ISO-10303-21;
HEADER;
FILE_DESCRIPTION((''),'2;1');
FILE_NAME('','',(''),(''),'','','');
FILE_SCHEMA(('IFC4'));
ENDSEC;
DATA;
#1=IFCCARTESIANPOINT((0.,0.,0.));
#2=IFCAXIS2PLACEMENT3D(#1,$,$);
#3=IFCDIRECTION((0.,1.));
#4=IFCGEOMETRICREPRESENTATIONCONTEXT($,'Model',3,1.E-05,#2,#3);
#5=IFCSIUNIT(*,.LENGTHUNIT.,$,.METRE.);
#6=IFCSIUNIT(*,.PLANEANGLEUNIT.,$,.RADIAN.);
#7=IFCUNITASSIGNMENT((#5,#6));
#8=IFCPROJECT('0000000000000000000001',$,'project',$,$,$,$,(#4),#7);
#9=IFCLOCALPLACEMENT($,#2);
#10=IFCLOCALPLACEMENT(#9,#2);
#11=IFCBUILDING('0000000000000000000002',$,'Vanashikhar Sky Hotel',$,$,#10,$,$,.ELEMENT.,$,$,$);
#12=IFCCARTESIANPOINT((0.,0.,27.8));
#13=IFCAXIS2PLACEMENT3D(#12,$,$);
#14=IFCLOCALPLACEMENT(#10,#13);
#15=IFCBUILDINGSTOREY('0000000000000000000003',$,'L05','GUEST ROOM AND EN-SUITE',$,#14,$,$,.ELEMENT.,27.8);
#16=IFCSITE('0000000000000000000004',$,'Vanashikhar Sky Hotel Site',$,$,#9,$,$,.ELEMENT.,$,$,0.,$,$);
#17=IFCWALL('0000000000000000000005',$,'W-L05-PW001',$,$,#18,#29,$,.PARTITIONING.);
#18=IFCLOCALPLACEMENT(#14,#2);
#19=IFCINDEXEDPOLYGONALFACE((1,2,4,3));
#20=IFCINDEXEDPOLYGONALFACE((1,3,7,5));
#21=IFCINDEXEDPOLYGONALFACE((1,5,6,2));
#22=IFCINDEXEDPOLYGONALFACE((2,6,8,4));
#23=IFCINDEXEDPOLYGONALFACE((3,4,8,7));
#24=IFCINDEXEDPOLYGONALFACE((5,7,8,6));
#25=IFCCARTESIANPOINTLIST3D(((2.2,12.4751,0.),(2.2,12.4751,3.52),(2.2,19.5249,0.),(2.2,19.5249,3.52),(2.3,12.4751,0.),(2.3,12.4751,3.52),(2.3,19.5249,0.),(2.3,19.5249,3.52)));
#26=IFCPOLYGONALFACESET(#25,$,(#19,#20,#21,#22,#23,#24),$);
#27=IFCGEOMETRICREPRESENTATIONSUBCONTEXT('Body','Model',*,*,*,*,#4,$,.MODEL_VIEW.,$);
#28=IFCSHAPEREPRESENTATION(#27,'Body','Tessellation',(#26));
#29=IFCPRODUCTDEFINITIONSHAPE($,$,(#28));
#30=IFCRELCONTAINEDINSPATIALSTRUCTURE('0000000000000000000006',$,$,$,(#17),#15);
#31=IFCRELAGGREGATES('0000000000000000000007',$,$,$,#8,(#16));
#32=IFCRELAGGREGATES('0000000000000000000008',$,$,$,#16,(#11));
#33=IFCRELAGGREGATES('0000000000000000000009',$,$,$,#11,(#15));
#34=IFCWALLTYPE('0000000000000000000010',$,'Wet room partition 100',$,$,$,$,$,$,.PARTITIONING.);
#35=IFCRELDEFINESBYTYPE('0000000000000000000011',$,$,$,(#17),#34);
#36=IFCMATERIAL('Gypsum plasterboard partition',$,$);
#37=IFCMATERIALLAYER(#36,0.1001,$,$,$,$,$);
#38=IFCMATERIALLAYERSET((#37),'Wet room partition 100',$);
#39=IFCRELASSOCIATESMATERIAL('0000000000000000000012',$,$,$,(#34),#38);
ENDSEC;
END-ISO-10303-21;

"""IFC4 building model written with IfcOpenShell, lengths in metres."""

from ifc_helpers import new_model, si_unit, direction, frame, frame_2d, origin, place, context, subcontext, project, spatial, rectangle, extrude, source, transform, mapped, material, layer, layer_set, type_object, element, save


model = new_model("IFC4")

# Units and contexts
model_context = context("Model", 3, precision=1e-05, world=origin(), true_north=direction((0.0, 1.0)))
body_context = subcontext(model_context, "Body", "Model", "MODEL_VIEW")
ifc_project = project(units=[si_unit("LENGTHUNIT", "METRE"), si_unit("PLANEANGLEUNIT", "RADIAN")], contexts=[model_context])

# Site, building, storey
site_placement = place(None, origin())
site = spatial("IfcSite", under=ifc_project, at=site_placement, Name="Vanashikhar Sky Hotel Site", CompositionType="ELEMENT", RefElevation=0.0)
building_placement = place(site_placement, origin())
building = spatial("IfcBuilding", under=site, at=building_placement, Name="Vanashikhar Sky Hotel", CompositionType="ELEMENT")
storey_placement = place(building_placement, frame((0.0, 0.0, 27.8)))
storey = spatial("IfcBuildingStorey", under=building, at=storey_placement, Name="L05", Description="GUEST ROOM AND EN-SUITE", CompositionType="ELEMENT", Elevation=27.8)

# Wall
ifc_material_1 = material(Name="Gypsum plasterboard partition")
ifc_layer_1 = layer(ifc_material_1, 0.1001)
ifc_layer_set_1 = layer_set([ifc_layer_1], Name="Wet room partition 100")
wall_type_1 = type_object("IfcWallType", Name="Wet room partition 100", PredefinedType="PARTITIONING", material=ifc_layer_set_1)
shared_shape_1 = source(origin(), body_context, "Body", "SweptSolid", [
    extrude(rectangle(XDim=7.0498, YDim=0.1001, at=frame_2d((3.5249, 0.0))), origin(), (0.0, 0.0, 1.0), 3.52),
])
wall_1_placement = place(storey_placement, frame((2.25, 12.4751, 0.0), z_axis=(0.0, 0.0, 1.0), x_axis=(0.0, 1.0, 0.0)))
element("IfcWall", 1, at=wall_1_placement, inside=storey, type_object=wall_type_1, Name="W-L05-PW001", PredefinedType="PARTITIONING", context=body_context, shape_type="MappedRepresentation", body=[
    mapped(shared_shape_1, transform((0.0, 0.0, 0.0), scale=1.0)),
])

save(model, "model.ifc")
